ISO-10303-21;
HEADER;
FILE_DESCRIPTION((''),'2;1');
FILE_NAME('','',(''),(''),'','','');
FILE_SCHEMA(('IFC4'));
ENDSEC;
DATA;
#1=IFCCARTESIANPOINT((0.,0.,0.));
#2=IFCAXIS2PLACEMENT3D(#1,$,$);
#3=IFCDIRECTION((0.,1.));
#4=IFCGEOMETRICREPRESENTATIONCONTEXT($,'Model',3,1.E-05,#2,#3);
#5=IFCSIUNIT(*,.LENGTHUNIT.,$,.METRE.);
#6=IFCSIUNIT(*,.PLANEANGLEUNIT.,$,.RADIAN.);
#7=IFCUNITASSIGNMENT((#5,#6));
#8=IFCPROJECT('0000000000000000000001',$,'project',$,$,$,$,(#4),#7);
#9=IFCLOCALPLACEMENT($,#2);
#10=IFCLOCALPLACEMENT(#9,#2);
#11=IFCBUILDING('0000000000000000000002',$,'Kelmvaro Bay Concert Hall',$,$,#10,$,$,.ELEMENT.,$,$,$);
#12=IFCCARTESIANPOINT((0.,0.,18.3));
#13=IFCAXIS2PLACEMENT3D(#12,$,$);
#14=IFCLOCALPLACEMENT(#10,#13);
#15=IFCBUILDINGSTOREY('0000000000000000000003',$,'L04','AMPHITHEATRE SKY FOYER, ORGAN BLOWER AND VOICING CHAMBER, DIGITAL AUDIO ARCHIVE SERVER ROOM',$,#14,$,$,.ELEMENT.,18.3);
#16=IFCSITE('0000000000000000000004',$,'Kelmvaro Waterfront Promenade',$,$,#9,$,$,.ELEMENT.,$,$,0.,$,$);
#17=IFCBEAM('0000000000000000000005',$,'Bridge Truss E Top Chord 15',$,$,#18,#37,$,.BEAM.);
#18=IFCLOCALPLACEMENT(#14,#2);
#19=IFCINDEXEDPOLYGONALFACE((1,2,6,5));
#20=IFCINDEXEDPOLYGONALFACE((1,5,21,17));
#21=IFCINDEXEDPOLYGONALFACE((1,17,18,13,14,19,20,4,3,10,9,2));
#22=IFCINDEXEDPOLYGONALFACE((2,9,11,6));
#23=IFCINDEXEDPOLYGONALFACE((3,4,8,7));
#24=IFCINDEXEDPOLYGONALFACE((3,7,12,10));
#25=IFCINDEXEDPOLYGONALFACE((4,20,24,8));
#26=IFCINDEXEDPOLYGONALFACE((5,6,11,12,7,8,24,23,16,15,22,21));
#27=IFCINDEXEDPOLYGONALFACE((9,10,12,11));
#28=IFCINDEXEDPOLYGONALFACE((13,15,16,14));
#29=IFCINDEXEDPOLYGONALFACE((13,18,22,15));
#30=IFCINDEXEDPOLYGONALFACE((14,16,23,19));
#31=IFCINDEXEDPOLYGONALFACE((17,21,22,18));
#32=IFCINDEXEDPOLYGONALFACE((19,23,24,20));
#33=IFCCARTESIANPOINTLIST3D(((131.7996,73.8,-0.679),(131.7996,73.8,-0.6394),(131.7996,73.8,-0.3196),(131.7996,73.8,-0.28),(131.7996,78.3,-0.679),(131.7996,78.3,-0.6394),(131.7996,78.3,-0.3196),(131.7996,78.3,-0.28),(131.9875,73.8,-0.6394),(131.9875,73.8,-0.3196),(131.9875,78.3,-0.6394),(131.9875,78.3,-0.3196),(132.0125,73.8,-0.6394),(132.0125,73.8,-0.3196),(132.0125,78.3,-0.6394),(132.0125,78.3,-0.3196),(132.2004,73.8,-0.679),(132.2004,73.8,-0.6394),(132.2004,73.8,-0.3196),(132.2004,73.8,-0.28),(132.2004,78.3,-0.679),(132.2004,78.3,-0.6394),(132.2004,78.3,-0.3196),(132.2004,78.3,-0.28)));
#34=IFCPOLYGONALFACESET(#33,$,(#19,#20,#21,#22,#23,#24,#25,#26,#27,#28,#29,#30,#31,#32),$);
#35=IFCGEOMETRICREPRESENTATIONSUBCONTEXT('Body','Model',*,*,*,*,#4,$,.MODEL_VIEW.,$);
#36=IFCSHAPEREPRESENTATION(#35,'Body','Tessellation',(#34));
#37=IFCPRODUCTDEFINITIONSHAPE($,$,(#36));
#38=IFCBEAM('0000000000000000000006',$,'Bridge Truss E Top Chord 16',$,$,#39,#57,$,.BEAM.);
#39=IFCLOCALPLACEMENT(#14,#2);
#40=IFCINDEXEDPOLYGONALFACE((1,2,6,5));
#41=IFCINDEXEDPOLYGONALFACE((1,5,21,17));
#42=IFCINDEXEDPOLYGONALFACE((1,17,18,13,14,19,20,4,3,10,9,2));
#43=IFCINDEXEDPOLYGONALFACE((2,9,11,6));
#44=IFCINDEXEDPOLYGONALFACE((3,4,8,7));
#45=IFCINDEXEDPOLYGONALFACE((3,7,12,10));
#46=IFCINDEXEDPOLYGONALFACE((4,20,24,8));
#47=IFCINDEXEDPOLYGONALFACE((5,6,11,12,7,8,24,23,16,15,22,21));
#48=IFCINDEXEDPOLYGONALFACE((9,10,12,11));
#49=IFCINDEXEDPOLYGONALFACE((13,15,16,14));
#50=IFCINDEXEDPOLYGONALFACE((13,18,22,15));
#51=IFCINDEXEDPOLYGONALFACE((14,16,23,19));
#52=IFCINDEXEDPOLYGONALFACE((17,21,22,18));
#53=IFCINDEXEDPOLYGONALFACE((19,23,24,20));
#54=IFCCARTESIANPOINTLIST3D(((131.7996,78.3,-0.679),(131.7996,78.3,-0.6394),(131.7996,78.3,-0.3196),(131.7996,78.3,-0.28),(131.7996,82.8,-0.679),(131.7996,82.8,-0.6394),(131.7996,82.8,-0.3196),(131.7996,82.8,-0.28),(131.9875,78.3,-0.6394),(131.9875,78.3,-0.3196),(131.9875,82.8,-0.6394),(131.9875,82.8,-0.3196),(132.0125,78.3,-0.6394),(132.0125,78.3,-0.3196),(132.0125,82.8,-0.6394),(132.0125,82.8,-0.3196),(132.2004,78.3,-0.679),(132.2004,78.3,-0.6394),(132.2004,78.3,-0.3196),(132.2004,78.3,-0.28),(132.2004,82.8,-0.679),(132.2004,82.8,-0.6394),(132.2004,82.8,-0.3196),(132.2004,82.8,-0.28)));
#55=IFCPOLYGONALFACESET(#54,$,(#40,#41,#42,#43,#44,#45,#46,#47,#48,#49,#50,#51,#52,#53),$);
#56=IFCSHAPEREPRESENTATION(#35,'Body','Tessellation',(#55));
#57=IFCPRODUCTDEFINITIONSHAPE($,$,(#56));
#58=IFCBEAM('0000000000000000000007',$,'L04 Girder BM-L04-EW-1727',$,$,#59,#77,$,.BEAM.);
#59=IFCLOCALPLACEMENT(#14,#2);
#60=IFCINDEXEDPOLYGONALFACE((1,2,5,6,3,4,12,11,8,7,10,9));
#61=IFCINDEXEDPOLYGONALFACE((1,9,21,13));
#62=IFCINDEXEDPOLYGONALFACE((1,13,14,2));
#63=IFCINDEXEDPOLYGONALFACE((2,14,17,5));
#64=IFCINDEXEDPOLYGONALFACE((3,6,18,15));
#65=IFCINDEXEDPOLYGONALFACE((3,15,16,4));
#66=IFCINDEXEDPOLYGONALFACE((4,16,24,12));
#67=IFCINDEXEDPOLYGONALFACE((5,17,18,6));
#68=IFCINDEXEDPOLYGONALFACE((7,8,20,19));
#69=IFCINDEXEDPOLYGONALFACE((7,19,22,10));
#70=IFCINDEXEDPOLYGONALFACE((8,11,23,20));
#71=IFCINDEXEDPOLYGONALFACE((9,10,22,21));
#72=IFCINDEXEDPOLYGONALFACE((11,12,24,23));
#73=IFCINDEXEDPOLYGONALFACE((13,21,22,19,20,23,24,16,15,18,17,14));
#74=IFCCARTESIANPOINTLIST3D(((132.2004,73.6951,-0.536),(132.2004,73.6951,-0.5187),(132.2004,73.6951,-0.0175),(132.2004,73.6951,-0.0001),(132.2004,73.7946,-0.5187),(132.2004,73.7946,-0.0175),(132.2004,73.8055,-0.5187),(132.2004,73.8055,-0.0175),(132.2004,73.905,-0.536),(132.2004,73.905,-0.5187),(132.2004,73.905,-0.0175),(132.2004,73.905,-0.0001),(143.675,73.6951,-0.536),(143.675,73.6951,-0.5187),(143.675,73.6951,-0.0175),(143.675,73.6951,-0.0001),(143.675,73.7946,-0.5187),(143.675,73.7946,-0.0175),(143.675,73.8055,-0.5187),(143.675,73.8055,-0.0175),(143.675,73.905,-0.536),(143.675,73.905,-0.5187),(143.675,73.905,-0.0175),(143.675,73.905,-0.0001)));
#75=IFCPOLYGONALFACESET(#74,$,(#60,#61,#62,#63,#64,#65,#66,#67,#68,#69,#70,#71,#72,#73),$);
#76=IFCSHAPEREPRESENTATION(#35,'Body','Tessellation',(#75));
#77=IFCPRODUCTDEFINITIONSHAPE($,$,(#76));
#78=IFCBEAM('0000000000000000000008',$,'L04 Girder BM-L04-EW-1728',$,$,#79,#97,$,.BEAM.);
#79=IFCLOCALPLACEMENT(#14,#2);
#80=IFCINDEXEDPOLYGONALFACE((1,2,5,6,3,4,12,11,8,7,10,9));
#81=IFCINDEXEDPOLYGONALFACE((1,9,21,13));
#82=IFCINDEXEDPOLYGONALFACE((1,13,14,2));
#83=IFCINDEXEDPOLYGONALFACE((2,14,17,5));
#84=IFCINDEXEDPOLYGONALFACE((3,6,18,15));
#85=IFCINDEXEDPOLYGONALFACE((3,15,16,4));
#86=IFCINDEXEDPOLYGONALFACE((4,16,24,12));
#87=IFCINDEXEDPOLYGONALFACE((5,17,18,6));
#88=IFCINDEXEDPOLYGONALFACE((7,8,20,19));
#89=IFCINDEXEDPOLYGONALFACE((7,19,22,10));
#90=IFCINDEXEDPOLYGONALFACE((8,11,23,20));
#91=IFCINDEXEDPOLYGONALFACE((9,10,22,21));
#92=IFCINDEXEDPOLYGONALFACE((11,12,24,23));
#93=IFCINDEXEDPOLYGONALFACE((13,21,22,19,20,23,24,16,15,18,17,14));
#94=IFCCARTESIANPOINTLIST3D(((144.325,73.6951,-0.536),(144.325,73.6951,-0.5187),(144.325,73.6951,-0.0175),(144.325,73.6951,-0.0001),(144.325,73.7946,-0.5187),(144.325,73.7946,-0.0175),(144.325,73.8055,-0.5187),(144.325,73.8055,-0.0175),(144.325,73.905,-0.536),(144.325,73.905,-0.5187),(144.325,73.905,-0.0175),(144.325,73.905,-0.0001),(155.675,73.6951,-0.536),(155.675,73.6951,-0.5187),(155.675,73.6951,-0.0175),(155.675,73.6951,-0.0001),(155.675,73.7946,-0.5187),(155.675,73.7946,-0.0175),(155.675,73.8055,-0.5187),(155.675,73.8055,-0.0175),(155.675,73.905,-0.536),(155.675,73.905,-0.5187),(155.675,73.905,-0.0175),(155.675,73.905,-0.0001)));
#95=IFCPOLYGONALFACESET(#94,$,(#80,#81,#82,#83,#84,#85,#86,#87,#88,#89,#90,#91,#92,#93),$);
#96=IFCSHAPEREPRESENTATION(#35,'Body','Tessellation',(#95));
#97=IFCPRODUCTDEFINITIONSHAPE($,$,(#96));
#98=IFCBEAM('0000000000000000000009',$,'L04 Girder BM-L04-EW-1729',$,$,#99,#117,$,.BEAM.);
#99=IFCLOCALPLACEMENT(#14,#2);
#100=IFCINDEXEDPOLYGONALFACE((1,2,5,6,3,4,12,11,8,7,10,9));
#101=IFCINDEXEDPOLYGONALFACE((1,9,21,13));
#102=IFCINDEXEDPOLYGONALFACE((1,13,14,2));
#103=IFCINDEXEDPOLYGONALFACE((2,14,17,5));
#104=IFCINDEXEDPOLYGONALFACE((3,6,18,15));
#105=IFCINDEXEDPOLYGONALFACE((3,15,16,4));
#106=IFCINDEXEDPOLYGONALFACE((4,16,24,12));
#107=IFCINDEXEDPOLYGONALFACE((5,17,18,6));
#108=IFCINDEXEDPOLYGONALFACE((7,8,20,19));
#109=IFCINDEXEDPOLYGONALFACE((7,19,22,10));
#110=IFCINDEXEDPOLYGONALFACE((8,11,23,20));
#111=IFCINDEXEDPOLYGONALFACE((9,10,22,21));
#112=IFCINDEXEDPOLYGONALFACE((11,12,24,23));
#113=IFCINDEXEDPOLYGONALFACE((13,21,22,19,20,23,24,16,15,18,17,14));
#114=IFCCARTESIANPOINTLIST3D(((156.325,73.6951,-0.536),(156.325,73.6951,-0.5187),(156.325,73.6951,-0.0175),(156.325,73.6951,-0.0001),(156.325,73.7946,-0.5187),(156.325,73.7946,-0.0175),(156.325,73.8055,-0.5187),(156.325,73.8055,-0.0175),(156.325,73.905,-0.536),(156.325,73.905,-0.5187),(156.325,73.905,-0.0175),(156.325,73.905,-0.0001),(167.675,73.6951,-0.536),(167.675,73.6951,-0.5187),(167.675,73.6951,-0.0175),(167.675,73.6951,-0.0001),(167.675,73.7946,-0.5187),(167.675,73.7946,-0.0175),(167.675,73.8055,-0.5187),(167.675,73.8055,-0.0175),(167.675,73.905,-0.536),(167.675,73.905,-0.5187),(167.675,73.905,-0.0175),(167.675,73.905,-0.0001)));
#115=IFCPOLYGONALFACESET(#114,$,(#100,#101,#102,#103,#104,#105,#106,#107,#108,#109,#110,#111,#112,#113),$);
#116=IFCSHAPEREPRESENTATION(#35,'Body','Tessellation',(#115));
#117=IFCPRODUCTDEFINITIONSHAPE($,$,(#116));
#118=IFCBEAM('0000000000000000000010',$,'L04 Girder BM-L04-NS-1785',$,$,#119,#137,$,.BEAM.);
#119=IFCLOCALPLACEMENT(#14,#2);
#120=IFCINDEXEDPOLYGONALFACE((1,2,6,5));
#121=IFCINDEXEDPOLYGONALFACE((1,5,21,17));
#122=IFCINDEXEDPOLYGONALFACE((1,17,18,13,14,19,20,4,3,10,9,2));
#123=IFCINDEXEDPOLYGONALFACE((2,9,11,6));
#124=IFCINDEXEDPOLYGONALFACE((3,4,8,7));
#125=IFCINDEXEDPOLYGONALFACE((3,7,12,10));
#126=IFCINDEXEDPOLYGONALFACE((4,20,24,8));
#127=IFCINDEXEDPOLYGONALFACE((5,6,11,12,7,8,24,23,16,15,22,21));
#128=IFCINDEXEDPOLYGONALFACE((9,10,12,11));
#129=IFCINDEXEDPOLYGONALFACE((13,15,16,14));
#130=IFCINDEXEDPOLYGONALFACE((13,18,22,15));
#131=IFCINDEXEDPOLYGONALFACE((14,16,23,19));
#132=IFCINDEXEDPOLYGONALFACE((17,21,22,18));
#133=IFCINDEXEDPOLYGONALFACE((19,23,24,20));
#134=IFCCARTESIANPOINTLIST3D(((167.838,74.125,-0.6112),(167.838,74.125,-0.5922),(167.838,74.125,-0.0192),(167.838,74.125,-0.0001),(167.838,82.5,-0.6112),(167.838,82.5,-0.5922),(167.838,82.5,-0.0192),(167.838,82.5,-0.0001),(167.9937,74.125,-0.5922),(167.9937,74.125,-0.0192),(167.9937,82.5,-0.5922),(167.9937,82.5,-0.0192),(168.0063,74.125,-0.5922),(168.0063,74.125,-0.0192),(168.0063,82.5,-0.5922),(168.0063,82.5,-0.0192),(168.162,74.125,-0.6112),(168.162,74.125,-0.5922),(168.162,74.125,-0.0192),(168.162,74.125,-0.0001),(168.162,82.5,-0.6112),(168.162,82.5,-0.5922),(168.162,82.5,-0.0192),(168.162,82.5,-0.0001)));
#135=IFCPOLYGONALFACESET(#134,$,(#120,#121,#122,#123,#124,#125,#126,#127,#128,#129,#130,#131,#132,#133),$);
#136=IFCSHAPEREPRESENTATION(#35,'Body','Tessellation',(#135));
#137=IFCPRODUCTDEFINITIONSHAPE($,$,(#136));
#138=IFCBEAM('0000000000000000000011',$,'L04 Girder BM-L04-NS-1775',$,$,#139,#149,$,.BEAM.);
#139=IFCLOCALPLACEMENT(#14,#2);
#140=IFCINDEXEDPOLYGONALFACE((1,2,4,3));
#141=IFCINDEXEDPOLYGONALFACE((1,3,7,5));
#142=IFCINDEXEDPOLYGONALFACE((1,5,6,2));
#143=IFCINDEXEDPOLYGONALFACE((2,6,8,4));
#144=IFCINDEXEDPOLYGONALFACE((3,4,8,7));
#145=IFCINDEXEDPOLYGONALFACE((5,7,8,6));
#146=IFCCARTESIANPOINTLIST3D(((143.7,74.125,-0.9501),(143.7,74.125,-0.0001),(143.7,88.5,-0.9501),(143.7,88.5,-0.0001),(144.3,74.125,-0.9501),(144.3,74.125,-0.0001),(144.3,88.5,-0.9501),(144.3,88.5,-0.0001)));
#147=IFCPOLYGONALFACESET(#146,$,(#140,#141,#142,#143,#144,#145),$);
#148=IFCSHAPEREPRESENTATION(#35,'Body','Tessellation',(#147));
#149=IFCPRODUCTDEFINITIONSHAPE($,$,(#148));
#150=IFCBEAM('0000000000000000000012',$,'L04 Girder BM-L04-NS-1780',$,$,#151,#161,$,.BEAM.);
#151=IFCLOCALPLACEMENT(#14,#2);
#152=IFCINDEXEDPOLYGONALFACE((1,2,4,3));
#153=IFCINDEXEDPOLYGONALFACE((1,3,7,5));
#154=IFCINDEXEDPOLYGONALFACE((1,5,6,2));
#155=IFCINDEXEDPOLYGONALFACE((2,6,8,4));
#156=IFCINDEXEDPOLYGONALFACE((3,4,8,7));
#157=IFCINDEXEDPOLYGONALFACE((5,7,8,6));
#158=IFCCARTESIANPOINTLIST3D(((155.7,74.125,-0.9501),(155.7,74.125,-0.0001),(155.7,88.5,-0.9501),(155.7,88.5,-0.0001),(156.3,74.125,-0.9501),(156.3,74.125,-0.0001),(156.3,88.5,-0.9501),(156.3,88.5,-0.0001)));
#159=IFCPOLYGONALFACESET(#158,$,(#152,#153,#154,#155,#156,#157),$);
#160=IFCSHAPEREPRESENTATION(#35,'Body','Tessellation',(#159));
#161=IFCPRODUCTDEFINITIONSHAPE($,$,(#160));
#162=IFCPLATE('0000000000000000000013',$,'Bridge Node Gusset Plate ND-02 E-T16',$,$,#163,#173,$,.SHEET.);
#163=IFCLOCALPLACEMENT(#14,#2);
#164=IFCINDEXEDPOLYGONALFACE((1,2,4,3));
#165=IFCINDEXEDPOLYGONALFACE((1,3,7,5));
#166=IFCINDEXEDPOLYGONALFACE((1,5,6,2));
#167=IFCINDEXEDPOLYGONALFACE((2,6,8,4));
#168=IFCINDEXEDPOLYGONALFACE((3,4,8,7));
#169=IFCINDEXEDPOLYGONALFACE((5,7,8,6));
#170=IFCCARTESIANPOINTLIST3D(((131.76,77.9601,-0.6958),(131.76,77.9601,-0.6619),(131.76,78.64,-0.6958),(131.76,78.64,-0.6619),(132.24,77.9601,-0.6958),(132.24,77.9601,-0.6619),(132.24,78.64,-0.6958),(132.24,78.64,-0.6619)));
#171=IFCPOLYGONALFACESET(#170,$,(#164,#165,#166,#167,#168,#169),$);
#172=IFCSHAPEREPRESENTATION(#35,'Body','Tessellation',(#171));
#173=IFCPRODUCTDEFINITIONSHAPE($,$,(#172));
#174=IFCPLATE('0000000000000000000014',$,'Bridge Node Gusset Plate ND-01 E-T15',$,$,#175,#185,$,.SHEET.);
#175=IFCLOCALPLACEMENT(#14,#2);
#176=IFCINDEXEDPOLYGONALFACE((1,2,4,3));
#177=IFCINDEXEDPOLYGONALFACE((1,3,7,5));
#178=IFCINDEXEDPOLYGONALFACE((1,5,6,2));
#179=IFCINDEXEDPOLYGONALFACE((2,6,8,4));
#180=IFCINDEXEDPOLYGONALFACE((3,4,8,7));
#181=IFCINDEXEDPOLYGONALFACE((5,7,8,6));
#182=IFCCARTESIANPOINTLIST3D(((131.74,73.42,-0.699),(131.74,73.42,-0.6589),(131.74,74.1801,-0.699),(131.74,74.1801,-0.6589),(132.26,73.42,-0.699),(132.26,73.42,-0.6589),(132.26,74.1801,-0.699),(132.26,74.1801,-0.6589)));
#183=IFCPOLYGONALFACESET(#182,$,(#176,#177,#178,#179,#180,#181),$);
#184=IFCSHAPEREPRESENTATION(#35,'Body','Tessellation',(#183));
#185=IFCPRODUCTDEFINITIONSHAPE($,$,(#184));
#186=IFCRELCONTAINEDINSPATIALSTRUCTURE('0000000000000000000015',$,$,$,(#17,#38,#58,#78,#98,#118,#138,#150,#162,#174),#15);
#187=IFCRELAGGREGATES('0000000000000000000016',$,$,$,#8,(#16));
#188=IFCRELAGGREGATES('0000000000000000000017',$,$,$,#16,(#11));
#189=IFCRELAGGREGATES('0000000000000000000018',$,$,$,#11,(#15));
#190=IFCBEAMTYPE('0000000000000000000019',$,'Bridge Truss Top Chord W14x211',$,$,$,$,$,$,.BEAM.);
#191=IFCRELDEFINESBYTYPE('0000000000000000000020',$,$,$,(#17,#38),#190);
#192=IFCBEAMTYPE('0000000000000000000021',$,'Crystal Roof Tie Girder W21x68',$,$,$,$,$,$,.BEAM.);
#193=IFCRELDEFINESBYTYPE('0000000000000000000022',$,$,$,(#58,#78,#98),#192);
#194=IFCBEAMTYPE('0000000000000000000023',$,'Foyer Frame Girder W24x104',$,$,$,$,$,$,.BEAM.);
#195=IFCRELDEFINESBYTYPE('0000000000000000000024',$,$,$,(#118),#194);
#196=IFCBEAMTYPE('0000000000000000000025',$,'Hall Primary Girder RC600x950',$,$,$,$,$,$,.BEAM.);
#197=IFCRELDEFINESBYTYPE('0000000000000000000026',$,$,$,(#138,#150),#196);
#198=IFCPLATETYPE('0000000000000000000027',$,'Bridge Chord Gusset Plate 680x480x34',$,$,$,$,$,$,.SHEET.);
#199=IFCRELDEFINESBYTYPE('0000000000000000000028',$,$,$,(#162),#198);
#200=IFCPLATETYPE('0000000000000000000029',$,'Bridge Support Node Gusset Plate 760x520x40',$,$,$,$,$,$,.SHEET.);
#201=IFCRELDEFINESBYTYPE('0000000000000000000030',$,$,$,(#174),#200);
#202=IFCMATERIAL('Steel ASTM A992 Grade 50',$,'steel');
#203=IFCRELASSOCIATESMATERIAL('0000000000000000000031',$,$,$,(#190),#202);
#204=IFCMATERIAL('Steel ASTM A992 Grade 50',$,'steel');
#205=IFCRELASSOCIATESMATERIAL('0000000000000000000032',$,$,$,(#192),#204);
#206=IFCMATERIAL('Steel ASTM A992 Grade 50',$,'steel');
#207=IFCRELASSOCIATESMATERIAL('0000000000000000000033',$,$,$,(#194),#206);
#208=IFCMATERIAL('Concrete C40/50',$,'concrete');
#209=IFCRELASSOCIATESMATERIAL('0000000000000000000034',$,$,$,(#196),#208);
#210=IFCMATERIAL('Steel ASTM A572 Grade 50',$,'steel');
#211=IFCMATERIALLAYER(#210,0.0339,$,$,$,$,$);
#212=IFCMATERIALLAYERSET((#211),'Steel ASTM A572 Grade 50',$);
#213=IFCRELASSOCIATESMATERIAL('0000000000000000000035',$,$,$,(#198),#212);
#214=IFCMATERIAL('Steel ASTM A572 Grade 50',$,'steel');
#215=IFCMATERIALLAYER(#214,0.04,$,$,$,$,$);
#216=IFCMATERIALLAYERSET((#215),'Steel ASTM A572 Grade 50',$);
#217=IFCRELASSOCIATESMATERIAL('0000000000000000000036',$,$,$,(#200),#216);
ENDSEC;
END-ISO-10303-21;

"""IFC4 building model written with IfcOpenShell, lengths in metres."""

from ifc_helpers import new_model, si_unit, direction, frame, origin, origin_2d, place, context, subcontext, project, spatial, rectangle, i_section, extrude, material, layer, layer_set, material_profile, profile_set, type_object, element, save


model = new_model("IFC4")

# Units and contexts
model_context = context("Model", 3, precision=1e-05, world=origin(), true_north=direction((0.0, 1.0)))
body_context = subcontext(model_context, "Body", "Model", "MODEL_VIEW")
ifc_project = project(units=[si_unit("LENGTHUNIT", "METRE"), si_unit("PLANEANGLEUNIT", "RADIAN")], contexts=[model_context])

# Site, building, storey
site_placement = place(None, origin())
site = spatial("IfcSite", under=ifc_project, at=site_placement, Name="Kelmvaro Waterfront Promenade", CompositionType="ELEMENT", RefElevation=0.0)
building_placement = place(site_placement, origin())
building = spatial("IfcBuilding", under=site, at=building_placement, Name="Kelmvaro Bay Concert Hall", CompositionType="ELEMENT")
storey_placement = place(building_placement, frame((0.0, 0.0, 18.3)))
storey = spatial("IfcBuildingStorey", under=building, at=storey_placement, Name="L04", Description="AMPHITHEATRE SKY FOYER, ORGAN BLOWER AND VOICING CHAMBER, DIGITAL AUDIO ARCHIVE SERVER ROOM", CompositionType="ELEMENT", Elevation=18.3)

# Beams
ifc_material_1 = material(Name="Steel ASTM A992 Grade 50", Category="steel")
ifc_material_profile_1 = material_profile(ifc_material_1, i_section(OverallWidth=0.4009, OverallDepth=0.3989, WebThickness=0.0249, FlangeThickness=0.0396, at=origin_2d()), Name="W14X211")
ifc_profile_set_1 = profile_set([ifc_material_profile_1], Name="Steel ASTM A992 Grade 50")
beam_type_1 = type_object("IfcBeamType", Name="Bridge Truss Top Chord W14x211", PredefinedType="BEAM", material=ifc_profile_set_1)
for number, where, z_axis, x_axis, name in (
    (1, (132.0, 73.8, -0.4795), (0.0, 1.0, 0.0), (-1.0, 0.0, 0.0), "Bridge Truss E Top Chord 15"),
    (2, (132.0, 78.3, -0.4795), (0.0, 1.0, 0.0), (-1.0, 0.0, 0.0), "Bridge Truss E Top Chord 16"),
):
    element("IfcBeam", number, at=place(storey_placement, frame(where, z_axis=z_axis, x_axis=x_axis)), inside=storey, type_object=beam_type_1, Name=name, PredefinedType="BEAM", context=body_context, shape_type="SweptSolid", body=[
        extrude(i_section(OverallWidth=0.4009, OverallDepth=0.3989, WebThickness=0.0249, FlangeThickness=0.0396, at=origin_2d()), origin(), (0.0, 0.0, 1.0), 4.5),
    ])
ifc_material_2 = material(Name="Steel ASTM A992 Grade 50", Category="steel")
ifc_material_profile_2 = material_profile(ifc_material_2, i_section(OverallWidth=0.21, OverallDepth=0.5359, WebThickness=0.011, FlangeThickness=0.0173, at=origin_2d()), Name="W21X68")
ifc_profile_set_2 = profile_set([ifc_material_profile_2], Name="Steel ASTM A992 Grade 50")
beam_type_2 = type_object("IfcBeamType", Name="Crystal Roof Tie Girder W21x68", PredefinedType="BEAM", material=ifc_profile_set_2)
beam_1_placement = place(storey_placement, frame((132.2004, 73.8, -0.2681), z_axis=(1.0, 0.0, 0.0), x_axis=(0.0, 1.0, 0.0)))
element("IfcBeam", 3, at=beam_1_placement, inside=storey, type_object=beam_type_2, Name="L04 Girder BM-L04-EW-1727", PredefinedType="BEAM", context=body_context, shape_type="SweptSolid", body=[
    extrude(i_section(OverallWidth=0.21, OverallDepth=0.5359, WebThickness=0.011, FlangeThickness=0.0173, at=origin_2d()), origin(), (0.0, 0.0, 1.0), 11.4746),
])
for number, where, z_axis, x_axis, name in (
    (4, (144.325, 73.8, -0.2681), (1.0, 0.0, 0.0), (0.0, 1.0, 0.0), "L04 Girder BM-L04-EW-1728"),
    (5, (156.325, 73.8, -0.2681), (1.0, 0.0, 0.0), (0.0, 1.0, 0.0), "L04 Girder BM-L04-EW-1729"),
):
    element("IfcBeam", number, at=place(storey_placement, frame(where, z_axis=z_axis, x_axis=x_axis)), inside=storey, type_object=beam_type_2, Name=name, PredefinedType="BEAM", context=body_context, shape_type="SweptSolid", body=[
        extrude(i_section(OverallWidth=0.21, OverallDepth=0.5359, WebThickness=0.011, FlangeThickness=0.0173, at=origin_2d()), origin(), (0.0, 0.0, 1.0), 11.3501),
    ])
ifc_material_3 = material(Name="Steel ASTM A992 Grade 50", Category="steel")
ifc_material_profile_3 = material_profile(ifc_material_3, i_section(OverallWidth=0.324, OverallDepth=0.6111, WebThickness=0.0127, FlangeThickness=0.019, at=origin_2d()), Name="W24X104")
ifc_profile_set_3 = profile_set([ifc_material_profile_3], Name="Steel ASTM A992 Grade 50")
beam_type_3 = type_object("IfcBeamType", Name="Foyer Frame Girder W24x104", PredefinedType="BEAM", material=ifc_profile_set_3)
beam_2_placement = place(storey_placement, frame((168.0, 74.125, -0.3057), z_axis=(0.0, 1.0, 0.0), x_axis=(-1.0, 0.0, 0.0)))
element("IfcBeam", 6, at=beam_2_placement, inside=storey, type_object=beam_type_3, Name="L04 Girder BM-L04-NS-1785", PredefinedType="BEAM", context=body_context, shape_type="SweptSolid", body=[
    extrude(i_section(OverallWidth=0.324, OverallDepth=0.6111, WebThickness=0.0127, FlangeThickness=0.019, at=origin_2d()), origin(), (0.0, 0.0, 1.0), 8.375),
])
ifc_material_4 = material(Name="Concrete C40/50", Category="concrete")
ifc_material_profile_4 = material_profile(ifc_material_4, rectangle(XDim=0.6001, YDim=0.95, at=origin_2d()), Name="RC-BM-600X950")
ifc_profile_set_4 = profile_set([ifc_material_profile_4], Name="Concrete C40/50")
beam_type_4 = type_object("IfcBeamType", Name="Hall Primary Girder RC600x950", PredefinedType="BEAM", material=ifc_profile_set_4)
for number, where, z_axis, x_axis, name in (
    (7, (144.0, 74.125, -0.4751), (0.0, 1.0, 0.0), (-1.0, 0.0, 0.0), "L04 Girder BM-L04-NS-1775"),
    (8, (156.0, 74.125, -0.4751), (0.0, 1.0, 0.0), (-1.0, 0.0, 0.0), "L04 Girder BM-L04-NS-1780"),
):
    element("IfcBeam", number, at=place(storey_placement, frame(where, z_axis=z_axis, x_axis=x_axis)), inside=storey, type_object=beam_type_4, Name=name, PredefinedType="BEAM", context=body_context, shape_type="SweptSolid", body=[
        extrude(rectangle(XDim=0.6001, YDim=0.95, at=origin_2d()), origin(), (0.0, 0.0, 1.0), 14.375),
    ])

# Plates
ifc_material_5 = material(Name="Steel ASTM A572 Grade 50", Category="steel")
ifc_layer_1 = layer(ifc_material_5, 0.0339)
ifc_layer_set_1 = layer_set([ifc_layer_1], Name="Steel ASTM A572 Grade 50")
plate_type_1 = type_object("IfcPlateType", Name="Bridge Chord Gusset Plate 680x480x34", PredefinedType="SHEET", material=ifc_layer_set_1)
plate_1_placement = place(storey_placement, frame((132.0, 78.3, -0.6958), z_axis=(0.0, 0.0, 1.0), x_axis=(0.0, 1.0, 0.0)))
element("IfcPlate", 9, at=plate_1_placement, inside=storey, type_object=plate_type_1, Name="Bridge Node Gusset Plate ND-02 E-T16", PredefinedType="SHEET", context=body_context, shape_type="SweptSolid", body=[
    extrude(rectangle(XDim=0.6799, YDim=0.48, at=origin_2d()), origin(), (0.0, 0.0, 1.0), 0.0339),
])
ifc_material_6 = material(Name="Steel ASTM A572 Grade 50", Category="steel")
ifc_layer_2 = layer(ifc_material_6, 0.04)
ifc_layer_set_2 = layer_set([ifc_layer_2], Name="Steel ASTM A572 Grade 50")
plate_type_2 = type_object("IfcPlateType", Name="Bridge Support Node Gusset Plate 760x520x40", PredefinedType="SHEET", material=ifc_layer_set_2)
plate_2_placement = place(storey_placement, frame((132.0, 73.8, -0.699), z_axis=(0.0, 0.0, 1.0), x_axis=(0.0, 1.0, 0.0)))
element("IfcPlate", 10, at=plate_2_placement, inside=storey, type_object=plate_type_2, Name="Bridge Node Gusset Plate ND-01 E-T15", PredefinedType="SHEET", context=body_context, shape_type="SweptSolid", body=[
    extrude(rectangle(XDim=0.76, YDim=0.52, at=origin_2d()), origin(), (0.0, 0.0, 1.0), 0.04),
])

save(model, "model.ifc")
